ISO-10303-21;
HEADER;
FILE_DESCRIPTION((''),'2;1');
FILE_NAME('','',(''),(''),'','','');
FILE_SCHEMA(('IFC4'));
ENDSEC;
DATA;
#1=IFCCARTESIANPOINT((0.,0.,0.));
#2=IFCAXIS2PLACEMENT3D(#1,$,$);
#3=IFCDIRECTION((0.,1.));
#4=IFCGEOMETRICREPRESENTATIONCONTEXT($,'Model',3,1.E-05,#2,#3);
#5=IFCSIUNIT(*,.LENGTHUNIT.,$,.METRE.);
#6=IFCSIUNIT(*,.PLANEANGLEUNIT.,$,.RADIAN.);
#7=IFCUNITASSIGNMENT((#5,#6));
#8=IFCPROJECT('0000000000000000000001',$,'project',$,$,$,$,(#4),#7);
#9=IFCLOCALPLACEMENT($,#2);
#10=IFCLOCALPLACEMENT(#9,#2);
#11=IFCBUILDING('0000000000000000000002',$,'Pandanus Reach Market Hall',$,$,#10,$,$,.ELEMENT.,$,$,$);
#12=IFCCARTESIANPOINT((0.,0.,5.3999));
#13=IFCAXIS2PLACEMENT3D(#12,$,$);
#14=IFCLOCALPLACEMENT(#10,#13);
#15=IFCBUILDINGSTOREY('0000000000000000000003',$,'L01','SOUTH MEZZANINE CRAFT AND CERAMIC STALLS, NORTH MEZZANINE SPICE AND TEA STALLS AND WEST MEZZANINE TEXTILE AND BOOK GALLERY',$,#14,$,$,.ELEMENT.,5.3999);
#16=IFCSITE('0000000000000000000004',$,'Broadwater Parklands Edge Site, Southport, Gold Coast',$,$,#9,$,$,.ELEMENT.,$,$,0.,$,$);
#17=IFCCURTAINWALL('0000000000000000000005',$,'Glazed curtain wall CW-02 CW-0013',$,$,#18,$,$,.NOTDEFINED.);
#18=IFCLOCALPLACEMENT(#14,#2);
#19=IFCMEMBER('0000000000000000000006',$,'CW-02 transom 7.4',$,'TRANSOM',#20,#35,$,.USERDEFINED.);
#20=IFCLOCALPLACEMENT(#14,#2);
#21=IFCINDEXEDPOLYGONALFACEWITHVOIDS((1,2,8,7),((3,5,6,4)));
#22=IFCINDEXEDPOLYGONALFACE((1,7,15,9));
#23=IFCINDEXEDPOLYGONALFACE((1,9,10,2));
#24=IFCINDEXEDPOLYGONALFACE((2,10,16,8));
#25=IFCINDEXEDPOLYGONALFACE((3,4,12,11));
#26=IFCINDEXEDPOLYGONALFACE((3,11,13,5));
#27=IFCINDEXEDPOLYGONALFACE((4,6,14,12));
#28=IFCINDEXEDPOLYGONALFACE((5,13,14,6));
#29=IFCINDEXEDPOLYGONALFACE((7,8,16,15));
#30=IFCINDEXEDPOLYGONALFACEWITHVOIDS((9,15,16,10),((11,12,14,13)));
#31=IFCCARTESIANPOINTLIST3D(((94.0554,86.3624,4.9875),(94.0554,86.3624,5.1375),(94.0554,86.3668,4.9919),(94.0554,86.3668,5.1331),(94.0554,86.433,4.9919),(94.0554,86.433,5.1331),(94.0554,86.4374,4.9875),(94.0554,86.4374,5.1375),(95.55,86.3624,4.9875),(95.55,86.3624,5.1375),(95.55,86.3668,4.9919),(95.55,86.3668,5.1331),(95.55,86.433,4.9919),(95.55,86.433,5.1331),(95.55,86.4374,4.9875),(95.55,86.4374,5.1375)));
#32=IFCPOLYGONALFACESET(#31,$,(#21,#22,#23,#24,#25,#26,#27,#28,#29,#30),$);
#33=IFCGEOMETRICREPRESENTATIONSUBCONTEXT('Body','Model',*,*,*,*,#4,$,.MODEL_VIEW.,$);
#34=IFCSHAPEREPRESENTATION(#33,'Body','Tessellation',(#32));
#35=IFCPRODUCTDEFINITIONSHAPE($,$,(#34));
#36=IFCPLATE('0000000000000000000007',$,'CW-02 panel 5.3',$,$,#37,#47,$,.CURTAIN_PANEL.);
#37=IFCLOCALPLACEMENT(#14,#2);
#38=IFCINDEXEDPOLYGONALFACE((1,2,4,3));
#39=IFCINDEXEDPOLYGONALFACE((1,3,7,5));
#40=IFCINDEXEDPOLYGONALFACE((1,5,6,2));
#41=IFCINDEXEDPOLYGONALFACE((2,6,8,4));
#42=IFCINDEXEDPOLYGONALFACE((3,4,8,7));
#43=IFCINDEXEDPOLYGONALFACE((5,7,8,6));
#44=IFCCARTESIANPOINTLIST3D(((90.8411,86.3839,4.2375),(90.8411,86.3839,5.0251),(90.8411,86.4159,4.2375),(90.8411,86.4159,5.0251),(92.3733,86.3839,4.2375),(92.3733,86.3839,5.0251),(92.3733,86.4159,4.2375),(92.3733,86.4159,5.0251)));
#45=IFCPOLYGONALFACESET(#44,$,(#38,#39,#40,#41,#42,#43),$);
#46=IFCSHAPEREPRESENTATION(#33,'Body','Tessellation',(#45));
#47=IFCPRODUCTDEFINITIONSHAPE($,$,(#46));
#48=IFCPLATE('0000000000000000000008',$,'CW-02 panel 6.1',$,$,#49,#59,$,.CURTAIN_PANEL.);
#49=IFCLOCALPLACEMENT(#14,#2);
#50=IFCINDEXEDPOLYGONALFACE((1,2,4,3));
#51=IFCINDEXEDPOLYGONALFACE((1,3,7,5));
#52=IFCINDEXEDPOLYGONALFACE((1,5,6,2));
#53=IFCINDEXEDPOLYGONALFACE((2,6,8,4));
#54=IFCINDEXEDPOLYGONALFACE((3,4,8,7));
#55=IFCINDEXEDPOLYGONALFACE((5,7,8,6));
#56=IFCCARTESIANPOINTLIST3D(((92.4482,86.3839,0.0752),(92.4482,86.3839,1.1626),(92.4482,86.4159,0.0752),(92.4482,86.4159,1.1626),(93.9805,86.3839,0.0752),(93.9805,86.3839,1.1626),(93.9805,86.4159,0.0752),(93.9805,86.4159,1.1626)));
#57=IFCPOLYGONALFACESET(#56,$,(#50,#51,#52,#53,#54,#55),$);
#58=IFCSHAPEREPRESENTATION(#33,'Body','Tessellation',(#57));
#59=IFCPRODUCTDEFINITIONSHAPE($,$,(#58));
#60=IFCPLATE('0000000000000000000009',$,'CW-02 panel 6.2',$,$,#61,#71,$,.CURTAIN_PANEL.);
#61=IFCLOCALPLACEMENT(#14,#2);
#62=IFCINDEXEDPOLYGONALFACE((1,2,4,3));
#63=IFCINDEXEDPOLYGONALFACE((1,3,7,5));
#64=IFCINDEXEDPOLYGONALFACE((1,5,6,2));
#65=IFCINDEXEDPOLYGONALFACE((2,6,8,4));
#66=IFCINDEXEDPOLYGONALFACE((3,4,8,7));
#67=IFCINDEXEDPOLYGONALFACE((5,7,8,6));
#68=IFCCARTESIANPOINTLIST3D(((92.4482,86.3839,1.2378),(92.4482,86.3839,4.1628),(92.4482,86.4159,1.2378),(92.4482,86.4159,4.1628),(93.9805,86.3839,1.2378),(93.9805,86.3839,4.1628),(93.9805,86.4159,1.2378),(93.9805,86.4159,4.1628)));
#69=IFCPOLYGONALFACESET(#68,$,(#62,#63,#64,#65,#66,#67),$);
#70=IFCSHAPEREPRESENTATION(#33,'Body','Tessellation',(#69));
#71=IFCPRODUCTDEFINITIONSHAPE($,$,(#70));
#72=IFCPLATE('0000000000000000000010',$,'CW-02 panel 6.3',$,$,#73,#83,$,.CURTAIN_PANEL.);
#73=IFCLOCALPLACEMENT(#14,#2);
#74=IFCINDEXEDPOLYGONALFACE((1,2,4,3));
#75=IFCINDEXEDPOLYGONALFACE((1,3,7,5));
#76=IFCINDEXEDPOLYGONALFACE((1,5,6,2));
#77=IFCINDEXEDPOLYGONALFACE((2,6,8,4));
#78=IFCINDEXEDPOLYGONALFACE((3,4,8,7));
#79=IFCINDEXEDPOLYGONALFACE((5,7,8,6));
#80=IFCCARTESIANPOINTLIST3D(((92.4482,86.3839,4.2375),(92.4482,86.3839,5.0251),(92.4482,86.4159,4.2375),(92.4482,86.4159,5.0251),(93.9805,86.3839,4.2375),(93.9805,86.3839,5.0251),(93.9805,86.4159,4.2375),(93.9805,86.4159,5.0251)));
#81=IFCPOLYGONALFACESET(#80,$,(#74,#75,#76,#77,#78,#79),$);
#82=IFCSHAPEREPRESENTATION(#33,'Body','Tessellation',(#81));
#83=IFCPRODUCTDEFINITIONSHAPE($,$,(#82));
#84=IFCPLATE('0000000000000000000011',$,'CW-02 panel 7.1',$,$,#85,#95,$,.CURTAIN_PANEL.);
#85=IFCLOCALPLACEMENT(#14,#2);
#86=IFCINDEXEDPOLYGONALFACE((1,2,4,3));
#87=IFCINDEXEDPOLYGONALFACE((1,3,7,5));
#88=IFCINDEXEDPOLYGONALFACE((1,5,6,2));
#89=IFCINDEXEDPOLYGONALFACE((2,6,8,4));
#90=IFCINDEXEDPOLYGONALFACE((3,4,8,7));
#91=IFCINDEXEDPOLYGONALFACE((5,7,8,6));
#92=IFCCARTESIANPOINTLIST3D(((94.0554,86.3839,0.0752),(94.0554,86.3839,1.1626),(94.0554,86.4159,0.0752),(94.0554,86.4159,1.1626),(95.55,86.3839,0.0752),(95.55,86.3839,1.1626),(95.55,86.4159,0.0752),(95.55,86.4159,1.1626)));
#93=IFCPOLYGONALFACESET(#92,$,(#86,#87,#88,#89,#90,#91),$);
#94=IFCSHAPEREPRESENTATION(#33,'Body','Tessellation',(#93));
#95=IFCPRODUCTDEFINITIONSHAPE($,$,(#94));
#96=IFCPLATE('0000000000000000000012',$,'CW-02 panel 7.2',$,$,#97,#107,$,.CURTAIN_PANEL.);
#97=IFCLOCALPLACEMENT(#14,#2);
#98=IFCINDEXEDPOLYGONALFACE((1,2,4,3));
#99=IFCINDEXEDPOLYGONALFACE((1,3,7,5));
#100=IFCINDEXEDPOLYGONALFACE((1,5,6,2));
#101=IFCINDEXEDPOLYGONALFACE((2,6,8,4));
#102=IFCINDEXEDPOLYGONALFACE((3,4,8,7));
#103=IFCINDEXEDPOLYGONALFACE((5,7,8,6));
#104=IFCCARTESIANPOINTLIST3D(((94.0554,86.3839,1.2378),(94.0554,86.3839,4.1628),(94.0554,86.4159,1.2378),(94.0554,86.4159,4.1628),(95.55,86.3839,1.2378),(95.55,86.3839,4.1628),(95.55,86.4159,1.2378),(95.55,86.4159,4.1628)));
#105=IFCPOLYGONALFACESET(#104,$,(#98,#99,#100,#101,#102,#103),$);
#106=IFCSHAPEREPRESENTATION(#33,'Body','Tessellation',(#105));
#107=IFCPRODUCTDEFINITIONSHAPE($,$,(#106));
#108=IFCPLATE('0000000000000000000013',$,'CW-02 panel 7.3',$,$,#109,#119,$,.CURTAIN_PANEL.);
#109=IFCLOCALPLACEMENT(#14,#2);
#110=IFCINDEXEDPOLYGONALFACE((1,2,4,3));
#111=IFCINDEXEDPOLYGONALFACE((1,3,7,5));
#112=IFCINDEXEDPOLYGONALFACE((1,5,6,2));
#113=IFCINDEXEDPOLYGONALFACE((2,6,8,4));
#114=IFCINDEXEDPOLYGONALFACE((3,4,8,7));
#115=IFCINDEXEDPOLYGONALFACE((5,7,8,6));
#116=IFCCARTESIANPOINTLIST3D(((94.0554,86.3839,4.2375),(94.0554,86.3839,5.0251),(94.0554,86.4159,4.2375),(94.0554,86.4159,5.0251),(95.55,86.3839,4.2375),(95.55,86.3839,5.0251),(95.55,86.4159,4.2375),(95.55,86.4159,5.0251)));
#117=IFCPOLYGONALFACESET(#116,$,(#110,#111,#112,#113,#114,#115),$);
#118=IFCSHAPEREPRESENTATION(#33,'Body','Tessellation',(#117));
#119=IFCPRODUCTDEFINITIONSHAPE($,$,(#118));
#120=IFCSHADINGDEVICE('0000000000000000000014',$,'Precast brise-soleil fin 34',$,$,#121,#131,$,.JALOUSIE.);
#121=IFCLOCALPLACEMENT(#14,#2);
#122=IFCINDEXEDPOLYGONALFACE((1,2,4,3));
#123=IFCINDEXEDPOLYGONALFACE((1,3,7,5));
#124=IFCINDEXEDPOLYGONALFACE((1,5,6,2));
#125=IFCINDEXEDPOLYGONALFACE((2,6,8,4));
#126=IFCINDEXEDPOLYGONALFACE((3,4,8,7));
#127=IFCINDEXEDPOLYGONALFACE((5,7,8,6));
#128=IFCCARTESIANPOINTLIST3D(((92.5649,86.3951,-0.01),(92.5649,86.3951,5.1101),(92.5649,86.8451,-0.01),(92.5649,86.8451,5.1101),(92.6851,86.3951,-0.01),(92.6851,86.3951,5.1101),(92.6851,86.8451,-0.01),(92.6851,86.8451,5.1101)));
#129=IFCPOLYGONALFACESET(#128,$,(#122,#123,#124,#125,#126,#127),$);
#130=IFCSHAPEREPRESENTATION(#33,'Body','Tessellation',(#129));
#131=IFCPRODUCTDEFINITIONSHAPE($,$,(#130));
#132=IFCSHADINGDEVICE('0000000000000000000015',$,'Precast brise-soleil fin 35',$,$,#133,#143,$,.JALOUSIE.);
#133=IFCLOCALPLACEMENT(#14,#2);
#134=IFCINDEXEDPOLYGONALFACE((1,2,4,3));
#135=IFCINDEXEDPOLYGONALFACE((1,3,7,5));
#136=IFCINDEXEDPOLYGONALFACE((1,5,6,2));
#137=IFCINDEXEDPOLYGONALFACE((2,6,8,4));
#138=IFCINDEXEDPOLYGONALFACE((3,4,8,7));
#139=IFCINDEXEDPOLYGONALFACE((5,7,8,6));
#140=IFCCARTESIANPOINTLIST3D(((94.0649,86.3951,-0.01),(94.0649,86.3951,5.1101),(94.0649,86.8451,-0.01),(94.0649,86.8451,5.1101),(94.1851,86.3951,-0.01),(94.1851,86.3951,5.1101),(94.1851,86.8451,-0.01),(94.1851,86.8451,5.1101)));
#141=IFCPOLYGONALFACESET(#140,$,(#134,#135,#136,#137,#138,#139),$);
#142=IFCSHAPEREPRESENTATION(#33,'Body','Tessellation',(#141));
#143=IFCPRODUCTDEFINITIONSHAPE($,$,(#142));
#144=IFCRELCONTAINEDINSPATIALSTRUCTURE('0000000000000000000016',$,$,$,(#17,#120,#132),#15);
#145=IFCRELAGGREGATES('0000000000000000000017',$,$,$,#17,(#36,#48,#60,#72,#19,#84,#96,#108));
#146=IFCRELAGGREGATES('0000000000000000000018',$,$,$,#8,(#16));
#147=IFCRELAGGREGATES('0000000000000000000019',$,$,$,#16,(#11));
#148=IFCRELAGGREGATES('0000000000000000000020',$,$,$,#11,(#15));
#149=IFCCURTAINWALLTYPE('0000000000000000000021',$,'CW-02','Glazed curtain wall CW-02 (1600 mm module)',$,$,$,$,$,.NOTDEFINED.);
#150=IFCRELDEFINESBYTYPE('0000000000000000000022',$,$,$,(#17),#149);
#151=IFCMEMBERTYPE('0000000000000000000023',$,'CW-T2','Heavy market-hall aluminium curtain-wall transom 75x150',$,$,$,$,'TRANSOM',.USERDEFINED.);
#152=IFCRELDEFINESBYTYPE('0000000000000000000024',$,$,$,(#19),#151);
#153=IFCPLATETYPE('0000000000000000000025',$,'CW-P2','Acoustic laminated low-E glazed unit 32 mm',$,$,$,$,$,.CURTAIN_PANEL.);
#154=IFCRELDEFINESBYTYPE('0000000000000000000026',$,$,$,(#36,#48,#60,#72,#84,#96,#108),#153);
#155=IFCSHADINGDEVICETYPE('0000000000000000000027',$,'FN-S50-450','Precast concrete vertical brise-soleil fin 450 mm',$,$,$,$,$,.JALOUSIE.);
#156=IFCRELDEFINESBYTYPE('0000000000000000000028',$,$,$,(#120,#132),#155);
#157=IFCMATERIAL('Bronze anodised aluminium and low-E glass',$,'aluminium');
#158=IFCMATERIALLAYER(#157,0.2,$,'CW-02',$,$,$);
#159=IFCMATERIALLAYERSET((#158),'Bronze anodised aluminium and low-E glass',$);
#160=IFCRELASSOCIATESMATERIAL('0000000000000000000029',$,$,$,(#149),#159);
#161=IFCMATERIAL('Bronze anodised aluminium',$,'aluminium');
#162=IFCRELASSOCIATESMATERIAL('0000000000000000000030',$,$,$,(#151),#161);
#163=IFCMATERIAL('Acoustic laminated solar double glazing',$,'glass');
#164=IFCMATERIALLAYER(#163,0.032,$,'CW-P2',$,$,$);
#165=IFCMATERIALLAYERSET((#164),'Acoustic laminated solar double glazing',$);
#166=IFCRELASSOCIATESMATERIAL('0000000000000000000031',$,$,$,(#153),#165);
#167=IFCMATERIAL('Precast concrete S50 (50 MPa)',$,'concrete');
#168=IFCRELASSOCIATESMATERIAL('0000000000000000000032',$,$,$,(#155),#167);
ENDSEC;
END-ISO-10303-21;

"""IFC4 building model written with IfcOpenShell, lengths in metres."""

from ifc_helpers import new_model, si_unit, direction, frame, origin, origin_2d, place, context, subcontext, project, spatial, rectangle, hollow_rectangle, extrude, material, layer, layer_set, material_profile, profile_set, type_object, element, aggregate, save


model = new_model("IFC4")

# Units and contexts
model_context = context("Model", 3, precision=1e-05, world=origin(), true_north=direction((0.0, 1.0)))
body_context = subcontext(model_context, "Body", "Model", "MODEL_VIEW")
ifc_project = project(units=[si_unit("LENGTHUNIT", "METRE"), si_unit("PLANEANGLEUNIT", "RADIAN")], contexts=[model_context])

# Site, building, storey
site_placement = place(None, origin())
site = spatial("IfcSite", under=ifc_project, at=site_placement, Name="Broadwater Parklands Edge Site, Southport, Gold Coast", CompositionType="ELEMENT", RefElevation=0.0)
building_placement = place(site_placement, origin())
building = spatial("IfcBuilding", under=site, at=building_placement, Name="Pandanus Reach Market Hall", CompositionType="ELEMENT")
storey_placement = place(building_placement, frame((0.0, 0.0, 5.3999)))
storey = spatial("IfcBuildingStorey", under=building, at=storey_placement, Name="L01", Description="SOUTH MEZZANINE CRAFT AND CERAMIC STALLS, NORTH MEZZANINE SPICE AND TEA STALLS AND WEST MEZZANINE TEXTILE AND BOOK GALLERY", CompositionType="ELEMENT", Elevation=5.3999)

# Curtain wall, member, plates
ifc_material_1 = material(Name="Bronze anodised aluminium and low-E glass", Category="aluminium")
ifc_layer_1 = layer(ifc_material_1, 0.2, Name="CW-02")
ifc_layer_set_1 = layer_set([ifc_layer_1], Name="Bronze anodised aluminium and low-E glass")
curtain_wall_type = type_object("IfcCurtainWallType", Name="CW-02", Description="Glazed curtain wall CW-02 (1600 mm module)", PredefinedType="NOTDEFINED", material=ifc_layer_set_1)
curtain_wall_placement = place(storey_placement, origin())
curtain_wall = element("IfcCurtainWall", 1, at=curtain_wall_placement, inside=storey, type_object=curtain_wall_type, Name="Glazed curtain wall CW-02 CW-0013", PredefinedType="NOTDEFINED")
ifc_material_2 = material(Name="Bronze anodised aluminium", Category="aluminium")
ifc_material_profile_1 = material_profile(ifc_material_2, hollow_rectangle(XDim=0.075, YDim=0.1499, WallThickness=0.0044, at=origin_2d()), Name="ALU75x150", Category="LoadBearing")
ifc_profile_set_1 = profile_set([ifc_material_profile_1], Name="Bronze anodised aluminium")
member_type_1 = type_object("IfcMemberType", Name="CW-T2", Description="Heavy market-hall aluminium curtain-wall transom 75x150", ElementType="TRANSOM", PredefinedType="USERDEFINED", material=ifc_profile_set_1)
member_1_placement = place(storey_placement, frame((94.0554, 86.3999, 5.0625), z_axis=(1.0, 0.0, 0.0), x_axis=(0.0, 1.0, 0.0)))
member_1 = element("IfcMember", 2, at=member_1_placement, type_object=member_type_1, Name="CW-02 transom 7.4", ObjectType="TRANSOM", PredefinedType="USERDEFINED", context=body_context, shape_type="SweptSolid", body=[
    extrude(hollow_rectangle(XDim=0.075, YDim=0.1499, WallThickness=0.0044, at=origin_2d()), origin(), (0.0, 0.0, 1.0), 1.4946),
])
ifc_material_3 = material(Name="Acoustic laminated solar double glazing", Category="glass")
ifc_layer_2 = layer(ifc_material_3, 0.032, Name="CW-P2")
ifc_layer_set_2 = layer_set([ifc_layer_2], Name="Acoustic laminated solar double glazing")
plate_type = type_object("IfcPlateType", Name="CW-P2", Description="Acoustic laminated low-E glazed unit 32 mm", PredefinedType="CURTAIN_PANEL", material=ifc_layer_set_2)
plate_1_placement = place(storey_placement, frame((91.6072, 86.3999, 4.2375), z_axis=(0.0, 0.0, 1.0), x_axis=(1.0, 0.0, 0.0)))
plate_1 = element("IfcPlate", 3, at=plate_1_placement, type_object=plate_type, Name="CW-02 panel 5.3", PredefinedType="CURTAIN_PANEL", context=body_context, shape_type="SweptSolid", body=[
    extrude(rectangle(XDim=1.5322, YDim=0.032, at=origin_2d()), origin(), (0.0, 0.0, 1.0), 0.7876),
])
plate_2_placement = place(storey_placement, frame((93.2144, 86.3999, 0.0752), z_axis=(0.0, 0.0, 1.0), x_axis=(1.0, 0.0, 0.0)))
plate_2 = element("IfcPlate", 4, at=plate_2_placement, type_object=plate_type, Name="CW-02 panel 6.1", PredefinedType="CURTAIN_PANEL", context=body_context, shape_type="SweptSolid", body=[
    extrude(rectangle(XDim=1.5322, YDim=0.032, at=origin_2d()), origin(), (0.0, 0.0, 1.0), 1.0874),
])
plate_3_placement = place(storey_placement, frame((93.2144, 86.3999, 1.2378), z_axis=(0.0, 0.0, 1.0), x_axis=(1.0, 0.0, 0.0)))
plate_3 = element("IfcPlate", 5, at=plate_3_placement, type_object=plate_type, Name="CW-02 panel 6.2", PredefinedType="CURTAIN_PANEL", context=body_context, shape_type="SweptSolid", body=[
    extrude(rectangle(XDim=1.5322, YDim=0.032, at=origin_2d()), origin(), (0.0, 0.0, 1.0), 2.925),
])
plate_4_placement = place(storey_placement, frame((93.2144, 86.3999, 4.2375), z_axis=(0.0, 0.0, 1.0), x_axis=(1.0, 0.0, 0.0)))
plate_4 = element("IfcPlate", 6, at=plate_4_placement, type_object=plate_type, Name="CW-02 panel 6.3", PredefinedType="CURTAIN_PANEL", context=body_context, shape_type="SweptSolid", body=[
    extrude(rectangle(XDim=1.5322, YDim=0.032, at=origin_2d()), origin(), (0.0, 0.0, 1.0), 0.7876),
])
plate_5_placement = place(storey_placement, frame((94.8027, 86.3999, 0.0752), z_axis=(0.0, 0.0, 1.0), x_axis=(1.0, 0.0, 0.0)))
plate_5 = element("IfcPlate", 7, at=plate_5_placement, type_object=plate_type, Name="CW-02 panel 7.1", PredefinedType="CURTAIN_PANEL", context=body_context, shape_type="SweptSolid", body=[
    extrude(rectangle(XDim=1.4946, YDim=0.032, at=origin_2d()), origin(), (0.0, 0.0, 1.0), 1.0874),
])
plate_6_placement = place(storey_placement, frame((94.8027, 86.3999, 1.2378), z_axis=(0.0, 0.0, 1.0), x_axis=(1.0, 0.0, 0.0)))
plate_6 = element("IfcPlate", 8, at=plate_6_placement, type_object=plate_type, Name="CW-02 panel 7.2", PredefinedType="CURTAIN_PANEL", context=body_context, shape_type="SweptSolid", body=[
    extrude(rectangle(XDim=1.4946, YDim=0.032, at=origin_2d()), origin(), (0.0, 0.0, 1.0), 2.925),
])
plate_7_placement = place(storey_placement, frame((94.8027, 86.3999, 4.2375), z_axis=(0.0, 0.0, 1.0), x_axis=(1.0, 0.0, 0.0)))
plate_7 = element("IfcPlate", 9, at=plate_7_placement, type_object=plate_type, Name="CW-02 panel 7.3", PredefinedType="CURTAIN_PANEL", context=body_context, shape_type="SweptSolid", body=[
    extrude(rectangle(XDim=1.4946, YDim=0.032, at=origin_2d()), origin(), (0.0, 0.0, 1.0), 0.7876),
])
aggregate(curtain_wall, [plate_1, plate_2, plate_3, plate_4, member_1, plate_5, plate_6, plate_7])

# Shading devices
ifc_material_4 = material(Name="Precast concrete S50 (50 MPa)", Category="concrete")
shading_device_type = type_object("IfcShadingDeviceType", Name="FN-S50-450", Description="Precast concrete vertical brise-soleil fin 450 mm", PredefinedType="JALOUSIE", material=ifc_material_4)
for number, where, z_axis, x_axis, name in (
    (10, (92.625, 86.6201, -0.01), (0.0, 0.0, 1.0), (0.0, 1.0, 0.0), "Precast brise-soleil fin 34"),
    (11, (94.125, 86.6201, -0.01), (0.0, 0.0, 1.0), (0.0, 1.0, 0.0), "Precast brise-soleil fin 35"),
):
    element("IfcShadingDevice", number, at=place(storey_placement, frame(where, z_axis=z_axis, x_axis=x_axis)), inside=storey, type_object=shading_device_type, Name=name, PredefinedType="JALOUSIE", context=body_context, shape_type="SweptSolid", body=[
        extrude(rectangle(XDim=0.45, YDim=0.1201, at=origin_2d()), origin(), (0.0, 0.0, 1.0), 5.1201),
    ])

save(model, "model.ifc")
